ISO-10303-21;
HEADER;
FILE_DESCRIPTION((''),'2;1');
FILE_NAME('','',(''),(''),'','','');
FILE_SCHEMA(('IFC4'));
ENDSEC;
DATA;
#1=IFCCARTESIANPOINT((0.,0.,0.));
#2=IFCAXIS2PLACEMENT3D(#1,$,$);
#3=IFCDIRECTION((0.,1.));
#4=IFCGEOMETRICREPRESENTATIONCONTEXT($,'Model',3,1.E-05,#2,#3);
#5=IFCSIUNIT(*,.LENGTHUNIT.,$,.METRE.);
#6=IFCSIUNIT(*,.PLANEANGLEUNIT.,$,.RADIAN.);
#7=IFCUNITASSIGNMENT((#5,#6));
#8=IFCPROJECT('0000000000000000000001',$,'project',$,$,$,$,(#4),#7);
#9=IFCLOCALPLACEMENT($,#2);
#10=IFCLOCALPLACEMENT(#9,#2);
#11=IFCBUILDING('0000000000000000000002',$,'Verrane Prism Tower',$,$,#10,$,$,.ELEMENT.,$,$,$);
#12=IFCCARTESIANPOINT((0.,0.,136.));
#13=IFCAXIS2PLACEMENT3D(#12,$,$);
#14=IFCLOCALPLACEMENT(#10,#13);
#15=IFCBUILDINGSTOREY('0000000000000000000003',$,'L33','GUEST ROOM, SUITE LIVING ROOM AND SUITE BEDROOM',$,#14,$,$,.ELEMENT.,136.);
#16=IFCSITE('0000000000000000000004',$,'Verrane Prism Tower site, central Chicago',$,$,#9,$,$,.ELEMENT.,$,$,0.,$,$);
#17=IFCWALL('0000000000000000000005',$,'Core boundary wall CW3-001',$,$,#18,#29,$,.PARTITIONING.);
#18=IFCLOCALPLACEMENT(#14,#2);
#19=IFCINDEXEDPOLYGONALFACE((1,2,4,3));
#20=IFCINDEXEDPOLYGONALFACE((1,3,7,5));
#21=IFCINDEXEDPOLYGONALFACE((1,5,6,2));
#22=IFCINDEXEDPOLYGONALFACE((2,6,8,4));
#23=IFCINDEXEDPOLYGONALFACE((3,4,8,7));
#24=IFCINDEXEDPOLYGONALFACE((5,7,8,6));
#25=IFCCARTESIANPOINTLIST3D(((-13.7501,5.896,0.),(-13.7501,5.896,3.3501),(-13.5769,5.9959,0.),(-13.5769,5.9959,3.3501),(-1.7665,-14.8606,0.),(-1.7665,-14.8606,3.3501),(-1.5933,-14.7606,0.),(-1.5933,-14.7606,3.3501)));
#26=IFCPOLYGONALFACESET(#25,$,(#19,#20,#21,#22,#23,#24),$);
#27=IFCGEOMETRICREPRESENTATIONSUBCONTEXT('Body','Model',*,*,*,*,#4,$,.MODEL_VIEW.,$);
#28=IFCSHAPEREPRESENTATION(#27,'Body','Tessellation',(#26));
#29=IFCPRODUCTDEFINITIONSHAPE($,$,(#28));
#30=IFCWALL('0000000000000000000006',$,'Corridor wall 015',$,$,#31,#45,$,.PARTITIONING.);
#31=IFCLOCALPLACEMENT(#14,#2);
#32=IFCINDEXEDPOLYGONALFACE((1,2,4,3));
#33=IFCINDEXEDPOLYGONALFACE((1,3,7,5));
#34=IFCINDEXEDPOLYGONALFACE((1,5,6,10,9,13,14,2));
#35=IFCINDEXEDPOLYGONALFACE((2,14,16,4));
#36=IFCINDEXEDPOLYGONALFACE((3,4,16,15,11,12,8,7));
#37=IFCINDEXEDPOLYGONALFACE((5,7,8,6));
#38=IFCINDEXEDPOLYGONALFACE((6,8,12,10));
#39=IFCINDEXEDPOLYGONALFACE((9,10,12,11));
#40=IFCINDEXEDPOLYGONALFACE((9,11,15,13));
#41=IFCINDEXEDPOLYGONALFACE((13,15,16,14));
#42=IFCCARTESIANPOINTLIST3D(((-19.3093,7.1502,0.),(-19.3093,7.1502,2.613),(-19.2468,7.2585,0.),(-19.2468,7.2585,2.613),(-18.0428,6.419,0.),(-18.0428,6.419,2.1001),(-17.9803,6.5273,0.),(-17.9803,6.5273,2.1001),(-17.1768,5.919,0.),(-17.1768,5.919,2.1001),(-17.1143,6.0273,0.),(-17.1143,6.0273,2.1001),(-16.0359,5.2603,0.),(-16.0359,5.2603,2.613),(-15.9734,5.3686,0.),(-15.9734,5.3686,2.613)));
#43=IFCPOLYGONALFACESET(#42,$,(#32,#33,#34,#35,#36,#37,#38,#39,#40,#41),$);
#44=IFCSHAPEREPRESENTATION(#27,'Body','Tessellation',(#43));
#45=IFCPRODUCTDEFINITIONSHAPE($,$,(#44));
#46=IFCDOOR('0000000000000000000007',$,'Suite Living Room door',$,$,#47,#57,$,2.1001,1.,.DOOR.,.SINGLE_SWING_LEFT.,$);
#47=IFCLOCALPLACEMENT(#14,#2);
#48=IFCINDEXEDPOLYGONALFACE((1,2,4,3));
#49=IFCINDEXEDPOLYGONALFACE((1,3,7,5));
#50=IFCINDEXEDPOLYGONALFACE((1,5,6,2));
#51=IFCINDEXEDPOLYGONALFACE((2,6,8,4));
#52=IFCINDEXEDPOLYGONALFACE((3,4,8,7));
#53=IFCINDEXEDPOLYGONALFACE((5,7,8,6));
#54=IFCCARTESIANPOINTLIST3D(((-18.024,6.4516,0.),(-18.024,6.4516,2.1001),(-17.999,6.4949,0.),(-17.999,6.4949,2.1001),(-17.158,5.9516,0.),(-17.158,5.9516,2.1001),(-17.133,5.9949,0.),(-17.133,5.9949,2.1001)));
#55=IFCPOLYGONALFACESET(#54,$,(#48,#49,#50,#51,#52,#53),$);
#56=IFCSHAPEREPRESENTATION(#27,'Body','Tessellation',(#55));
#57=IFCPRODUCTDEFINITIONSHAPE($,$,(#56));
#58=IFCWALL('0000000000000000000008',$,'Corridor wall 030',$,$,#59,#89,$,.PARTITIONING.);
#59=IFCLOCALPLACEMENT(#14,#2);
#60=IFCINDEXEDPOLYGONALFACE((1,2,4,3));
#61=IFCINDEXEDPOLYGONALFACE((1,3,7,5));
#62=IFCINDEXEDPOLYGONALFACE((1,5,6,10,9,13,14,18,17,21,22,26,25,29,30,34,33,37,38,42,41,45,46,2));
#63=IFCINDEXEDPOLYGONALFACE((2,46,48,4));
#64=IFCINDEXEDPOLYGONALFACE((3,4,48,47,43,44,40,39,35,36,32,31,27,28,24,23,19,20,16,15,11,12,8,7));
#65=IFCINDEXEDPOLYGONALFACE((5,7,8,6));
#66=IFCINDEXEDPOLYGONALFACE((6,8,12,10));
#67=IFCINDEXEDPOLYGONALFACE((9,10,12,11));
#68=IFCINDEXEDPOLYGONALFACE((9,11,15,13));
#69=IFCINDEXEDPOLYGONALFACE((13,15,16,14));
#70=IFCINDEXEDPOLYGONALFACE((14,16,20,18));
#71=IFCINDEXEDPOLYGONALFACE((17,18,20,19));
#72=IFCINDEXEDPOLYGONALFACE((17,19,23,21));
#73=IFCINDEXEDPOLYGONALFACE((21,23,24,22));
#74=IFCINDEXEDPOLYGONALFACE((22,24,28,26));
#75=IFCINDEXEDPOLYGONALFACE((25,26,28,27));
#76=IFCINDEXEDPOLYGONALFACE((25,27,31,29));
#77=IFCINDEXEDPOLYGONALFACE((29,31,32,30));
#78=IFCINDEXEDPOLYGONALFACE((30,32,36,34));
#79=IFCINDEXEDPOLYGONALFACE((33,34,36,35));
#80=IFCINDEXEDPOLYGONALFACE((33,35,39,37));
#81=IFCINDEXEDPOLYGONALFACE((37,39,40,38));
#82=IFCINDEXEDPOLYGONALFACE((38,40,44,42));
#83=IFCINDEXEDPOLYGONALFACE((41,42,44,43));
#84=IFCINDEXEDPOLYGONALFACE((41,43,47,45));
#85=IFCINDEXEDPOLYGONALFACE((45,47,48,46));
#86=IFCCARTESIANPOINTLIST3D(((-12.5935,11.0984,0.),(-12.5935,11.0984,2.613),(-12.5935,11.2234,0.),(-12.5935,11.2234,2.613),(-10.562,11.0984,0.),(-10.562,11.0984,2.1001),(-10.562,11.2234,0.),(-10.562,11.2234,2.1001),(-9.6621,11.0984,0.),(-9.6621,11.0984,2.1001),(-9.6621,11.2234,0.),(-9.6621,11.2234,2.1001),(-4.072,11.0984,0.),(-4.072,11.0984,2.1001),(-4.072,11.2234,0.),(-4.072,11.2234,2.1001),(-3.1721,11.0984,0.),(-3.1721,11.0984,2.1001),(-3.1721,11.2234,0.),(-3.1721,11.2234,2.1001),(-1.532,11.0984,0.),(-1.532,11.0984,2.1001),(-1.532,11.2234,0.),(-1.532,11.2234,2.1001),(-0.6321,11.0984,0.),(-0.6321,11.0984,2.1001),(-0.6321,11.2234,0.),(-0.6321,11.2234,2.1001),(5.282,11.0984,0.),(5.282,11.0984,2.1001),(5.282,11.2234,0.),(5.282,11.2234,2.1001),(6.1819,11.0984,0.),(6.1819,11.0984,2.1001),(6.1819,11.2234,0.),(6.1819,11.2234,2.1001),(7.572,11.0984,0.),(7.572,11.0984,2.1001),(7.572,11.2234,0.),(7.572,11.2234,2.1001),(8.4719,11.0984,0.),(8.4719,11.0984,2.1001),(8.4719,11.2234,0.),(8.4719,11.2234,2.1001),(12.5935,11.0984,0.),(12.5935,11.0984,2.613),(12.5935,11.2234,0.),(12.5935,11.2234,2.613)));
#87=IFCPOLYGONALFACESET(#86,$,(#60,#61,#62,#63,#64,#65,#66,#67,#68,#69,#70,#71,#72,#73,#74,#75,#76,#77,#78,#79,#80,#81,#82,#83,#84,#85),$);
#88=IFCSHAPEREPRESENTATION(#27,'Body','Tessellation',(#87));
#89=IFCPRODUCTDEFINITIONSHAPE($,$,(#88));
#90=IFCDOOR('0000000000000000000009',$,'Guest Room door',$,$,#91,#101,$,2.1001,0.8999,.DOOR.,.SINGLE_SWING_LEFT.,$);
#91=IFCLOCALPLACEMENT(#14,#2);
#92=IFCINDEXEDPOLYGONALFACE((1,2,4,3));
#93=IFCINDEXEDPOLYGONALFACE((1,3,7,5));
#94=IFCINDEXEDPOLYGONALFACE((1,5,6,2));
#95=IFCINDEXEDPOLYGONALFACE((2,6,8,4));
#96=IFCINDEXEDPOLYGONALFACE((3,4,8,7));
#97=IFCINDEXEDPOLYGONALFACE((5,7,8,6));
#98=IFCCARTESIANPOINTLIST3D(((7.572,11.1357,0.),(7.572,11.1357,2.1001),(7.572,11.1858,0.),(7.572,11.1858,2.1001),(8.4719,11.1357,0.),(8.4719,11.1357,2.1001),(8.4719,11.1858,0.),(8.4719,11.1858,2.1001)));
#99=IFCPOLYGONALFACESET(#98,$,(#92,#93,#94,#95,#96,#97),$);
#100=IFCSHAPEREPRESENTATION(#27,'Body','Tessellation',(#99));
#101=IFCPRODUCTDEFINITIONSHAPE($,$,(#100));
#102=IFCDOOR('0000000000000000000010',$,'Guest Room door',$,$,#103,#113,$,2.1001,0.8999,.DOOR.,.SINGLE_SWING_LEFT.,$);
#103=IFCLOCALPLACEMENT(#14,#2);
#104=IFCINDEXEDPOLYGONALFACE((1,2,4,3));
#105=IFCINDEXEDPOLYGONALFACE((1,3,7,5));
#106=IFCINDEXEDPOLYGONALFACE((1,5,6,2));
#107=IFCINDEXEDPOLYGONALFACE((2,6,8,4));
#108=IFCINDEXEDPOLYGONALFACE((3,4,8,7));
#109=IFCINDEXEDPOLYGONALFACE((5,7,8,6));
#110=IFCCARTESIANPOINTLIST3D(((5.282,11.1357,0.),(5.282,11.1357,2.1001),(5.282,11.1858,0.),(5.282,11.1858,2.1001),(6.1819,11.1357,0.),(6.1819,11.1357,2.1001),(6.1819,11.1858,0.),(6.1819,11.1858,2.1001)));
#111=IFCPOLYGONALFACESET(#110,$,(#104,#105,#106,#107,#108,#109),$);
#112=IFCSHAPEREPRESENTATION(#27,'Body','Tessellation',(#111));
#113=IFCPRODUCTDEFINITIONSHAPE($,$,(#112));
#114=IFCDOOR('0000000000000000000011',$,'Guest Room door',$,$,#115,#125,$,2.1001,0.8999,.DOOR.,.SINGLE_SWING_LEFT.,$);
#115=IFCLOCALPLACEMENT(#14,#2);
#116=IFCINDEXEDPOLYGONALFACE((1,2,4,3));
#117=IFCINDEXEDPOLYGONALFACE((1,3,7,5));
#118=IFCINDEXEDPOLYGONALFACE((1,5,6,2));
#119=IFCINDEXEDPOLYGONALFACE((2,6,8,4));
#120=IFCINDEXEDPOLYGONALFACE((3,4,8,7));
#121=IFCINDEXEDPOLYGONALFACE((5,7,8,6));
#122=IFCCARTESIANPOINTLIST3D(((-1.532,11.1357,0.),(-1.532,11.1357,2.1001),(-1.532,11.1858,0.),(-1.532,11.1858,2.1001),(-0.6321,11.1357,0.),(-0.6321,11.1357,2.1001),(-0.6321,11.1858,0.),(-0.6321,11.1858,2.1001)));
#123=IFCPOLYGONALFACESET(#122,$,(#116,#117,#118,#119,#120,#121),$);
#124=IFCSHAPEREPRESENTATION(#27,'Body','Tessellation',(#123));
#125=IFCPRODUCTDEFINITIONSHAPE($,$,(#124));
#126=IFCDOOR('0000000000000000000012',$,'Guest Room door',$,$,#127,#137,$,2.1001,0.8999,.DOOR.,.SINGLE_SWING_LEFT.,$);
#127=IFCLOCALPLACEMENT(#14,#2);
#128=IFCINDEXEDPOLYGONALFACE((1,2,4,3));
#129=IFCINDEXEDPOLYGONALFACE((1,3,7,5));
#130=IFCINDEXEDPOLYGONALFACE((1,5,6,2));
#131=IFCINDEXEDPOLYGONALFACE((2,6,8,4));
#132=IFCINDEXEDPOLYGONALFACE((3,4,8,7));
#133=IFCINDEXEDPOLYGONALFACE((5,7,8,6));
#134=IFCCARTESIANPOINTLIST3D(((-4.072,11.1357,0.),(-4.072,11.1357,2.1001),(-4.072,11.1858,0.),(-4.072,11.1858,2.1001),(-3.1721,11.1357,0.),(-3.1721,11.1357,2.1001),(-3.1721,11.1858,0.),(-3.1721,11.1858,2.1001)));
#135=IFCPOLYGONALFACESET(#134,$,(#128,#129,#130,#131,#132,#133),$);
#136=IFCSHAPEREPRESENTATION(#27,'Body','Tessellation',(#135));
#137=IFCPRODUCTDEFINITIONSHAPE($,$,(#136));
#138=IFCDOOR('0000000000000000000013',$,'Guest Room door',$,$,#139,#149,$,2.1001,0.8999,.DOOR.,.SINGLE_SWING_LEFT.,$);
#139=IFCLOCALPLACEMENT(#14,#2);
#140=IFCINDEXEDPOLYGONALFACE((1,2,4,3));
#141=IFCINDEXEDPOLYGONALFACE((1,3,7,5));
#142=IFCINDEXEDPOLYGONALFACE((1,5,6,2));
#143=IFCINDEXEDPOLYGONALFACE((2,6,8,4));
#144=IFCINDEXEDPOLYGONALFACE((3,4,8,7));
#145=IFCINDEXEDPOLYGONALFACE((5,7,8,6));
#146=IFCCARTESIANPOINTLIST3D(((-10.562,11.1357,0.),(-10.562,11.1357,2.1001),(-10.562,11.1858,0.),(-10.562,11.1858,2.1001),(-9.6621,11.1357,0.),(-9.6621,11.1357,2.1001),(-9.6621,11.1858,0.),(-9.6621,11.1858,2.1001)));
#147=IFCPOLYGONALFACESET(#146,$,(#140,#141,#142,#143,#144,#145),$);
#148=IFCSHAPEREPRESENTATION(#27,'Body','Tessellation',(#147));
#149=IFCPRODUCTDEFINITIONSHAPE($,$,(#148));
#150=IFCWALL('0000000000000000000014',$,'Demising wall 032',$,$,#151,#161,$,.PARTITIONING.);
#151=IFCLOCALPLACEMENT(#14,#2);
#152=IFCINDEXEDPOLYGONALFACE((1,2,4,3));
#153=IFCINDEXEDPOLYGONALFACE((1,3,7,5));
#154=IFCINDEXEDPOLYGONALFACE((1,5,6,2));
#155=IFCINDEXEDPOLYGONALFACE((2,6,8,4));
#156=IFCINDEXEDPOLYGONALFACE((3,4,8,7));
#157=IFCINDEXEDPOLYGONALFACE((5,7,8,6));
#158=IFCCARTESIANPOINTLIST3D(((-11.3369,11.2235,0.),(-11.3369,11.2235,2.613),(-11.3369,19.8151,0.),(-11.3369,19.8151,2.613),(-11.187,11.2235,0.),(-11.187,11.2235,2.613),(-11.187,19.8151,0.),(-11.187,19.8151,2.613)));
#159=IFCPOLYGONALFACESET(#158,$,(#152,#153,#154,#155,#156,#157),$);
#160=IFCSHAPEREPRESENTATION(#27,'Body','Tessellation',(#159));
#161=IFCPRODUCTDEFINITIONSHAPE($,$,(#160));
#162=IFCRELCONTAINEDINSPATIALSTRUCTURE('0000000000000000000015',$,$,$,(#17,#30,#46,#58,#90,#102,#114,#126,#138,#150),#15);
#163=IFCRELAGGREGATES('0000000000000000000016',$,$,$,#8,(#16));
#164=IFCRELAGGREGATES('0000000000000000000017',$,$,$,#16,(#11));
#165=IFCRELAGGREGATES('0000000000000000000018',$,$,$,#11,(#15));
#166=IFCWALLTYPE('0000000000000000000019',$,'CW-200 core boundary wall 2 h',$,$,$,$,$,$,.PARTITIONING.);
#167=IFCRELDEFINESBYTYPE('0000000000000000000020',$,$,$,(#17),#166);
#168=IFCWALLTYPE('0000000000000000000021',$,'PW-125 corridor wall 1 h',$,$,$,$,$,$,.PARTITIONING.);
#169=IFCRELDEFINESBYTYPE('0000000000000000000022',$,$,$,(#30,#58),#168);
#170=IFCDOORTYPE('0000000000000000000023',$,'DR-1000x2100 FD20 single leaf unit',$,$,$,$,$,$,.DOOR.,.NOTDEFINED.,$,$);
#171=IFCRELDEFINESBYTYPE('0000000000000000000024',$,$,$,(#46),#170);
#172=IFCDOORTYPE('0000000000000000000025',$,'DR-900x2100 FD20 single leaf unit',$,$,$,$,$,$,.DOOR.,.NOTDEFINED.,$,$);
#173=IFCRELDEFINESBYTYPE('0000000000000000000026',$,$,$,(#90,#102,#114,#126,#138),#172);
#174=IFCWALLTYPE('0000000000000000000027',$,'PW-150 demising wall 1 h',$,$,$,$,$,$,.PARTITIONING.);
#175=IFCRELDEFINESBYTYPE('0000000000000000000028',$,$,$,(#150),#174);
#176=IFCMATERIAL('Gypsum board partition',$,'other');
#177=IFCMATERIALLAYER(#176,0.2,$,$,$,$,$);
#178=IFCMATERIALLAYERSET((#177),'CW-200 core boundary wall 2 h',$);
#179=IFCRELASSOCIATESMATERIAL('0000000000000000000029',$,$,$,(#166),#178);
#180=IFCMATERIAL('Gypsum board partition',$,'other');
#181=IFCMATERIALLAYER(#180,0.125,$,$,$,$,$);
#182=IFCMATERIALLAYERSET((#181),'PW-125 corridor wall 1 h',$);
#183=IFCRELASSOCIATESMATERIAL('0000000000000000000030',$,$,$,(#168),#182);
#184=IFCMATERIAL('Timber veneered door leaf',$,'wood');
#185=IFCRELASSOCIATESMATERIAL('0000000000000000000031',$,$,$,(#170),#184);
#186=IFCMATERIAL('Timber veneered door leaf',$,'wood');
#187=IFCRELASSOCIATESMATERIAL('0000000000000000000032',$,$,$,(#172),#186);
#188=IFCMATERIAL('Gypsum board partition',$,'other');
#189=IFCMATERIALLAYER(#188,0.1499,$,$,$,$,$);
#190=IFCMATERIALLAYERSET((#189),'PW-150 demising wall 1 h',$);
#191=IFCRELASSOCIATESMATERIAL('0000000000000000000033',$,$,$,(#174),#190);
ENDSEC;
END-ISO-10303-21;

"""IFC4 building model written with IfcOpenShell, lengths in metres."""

from ifc_helpers import new_model, si_unit, direction, frame, frame_2d, origin, place, context, subcontext, project, spatial, rectangle, extrude, material, layer, layer_set, type_object, element, fill, save


model = new_model("IFC4")

# Units and contexts
model_context = context("Model", 3, precision=1e-05, world=origin(), true_north=direction((0.0, 1.0)))
body_context = subcontext(model_context, "Body", "Model", "MODEL_VIEW")
ifc_project = project(units=[si_unit("LENGTHUNIT", "METRE"), si_unit("PLANEANGLEUNIT", "RADIAN")], contexts=[model_context])

# Site, building, storey
site_placement = place(None, origin())
site = spatial("IfcSite", under=ifc_project, at=site_placement, Name="Verrane Prism Tower site, central Chicago", CompositionType="ELEMENT", RefElevation=0.0)
building_placement = place(site_placement, origin())
building = spatial("IfcBuilding", under=site, at=building_placement, Name="Verrane Prism Tower", CompositionType="ELEMENT")
storey_placement = place(building_placement, frame((0.0, 0.0, 136.0)))
storey = spatial("IfcBuildingStorey", under=building, at=storey_placement, Name="L33", Description="GUEST ROOM, SUITE LIVING ROOM AND SUITE BEDROOM", CompositionType="ELEMENT", Elevation=136.0)

# Wall
ifc_material_1 = material(Name="Gypsum board partition", Category="other")
ifc_layer_1 = layer(ifc_material_1, 0.2)
ifc_layer_set_1 = layer_set([ifc_layer_1], Name="CW-200 core boundary wall 2 h")
wall_type_1 = type_object("IfcWallType", Name="CW-200 core boundary wall 2 h", PredefinedType="PARTITIONING", material=ifc_layer_set_1)
wall_1_placement = place(storey_placement, frame((-13.6636, 5.946, 0.0), z_axis=(0.0, 0.0, 1.0), x_axis=(0.499994, -0.866029, 0.0)))
element("IfcWall", 1, at=wall_1_placement, inside=storey, type_object=wall_type_1, Name="Core boundary wall CW3-001", PredefinedType="PARTITIONING", context=body_context, shape_type="SweptSolid", body=[
    extrude(rectangle(XDim=23.9675, YDim=0.2, at=frame_2d((11.9839, 0.0))), origin(), (0.0, 0.0, 1.0), 3.3501),
])

# Wall, opening, door
ifc_material_2 = material(Name="Gypsum board partition", Category="other")
ifc_layer_2 = layer(ifc_material_2, 0.125)
ifc_layer_set_2 = layer_set([ifc_layer_2], Name="PW-125 corridor wall 1 h")
wall_type_2 = type_object("IfcWallType", Name="PW-125 corridor wall 1 h", PredefinedType="PARTITIONING", material=ifc_layer_set_2)
wall_2_placement = place(storey_placement, frame((-16.0046, 5.3145, 0.0), z_axis=(0.0, 0.0, 1.0), x_axis=(-0.866029, 0.499995, 0.0)))
wall_2 = element("IfcWall", 2, at=wall_2_placement, inside=storey, type_object=wall_type_2, Name="Corridor wall 015", PredefinedType="PARTITIONING", context=body_context, shape_type="SweptSolid", body=[
    extrude(rectangle(XDim=3.7798, YDim=0.125, at=frame_2d((1.8899, 0.0))), origin(), (0.0, 0.0, 1.0), 2.613),
])
opening_1_placement = place(wall_2_placement, frame((1.3174, 0.0, 0.0)))
opening_1 = element("IfcOpeningElement", 3, at=opening_1_placement, cuts=wall_2, PredefinedType="OPENING", context=body_context, shape_type="SweptSolid", body=[
    extrude(rectangle(XDim=1.0, YDim=2.1001, at=frame_2d((0.5, 1.05))), frame((0.0, 0.0725, 0.0), z_axis=(0.0, -1.0, 0.0), x_axis=(1.0, 0.0, 0.0)), (0.0, 0.0, 1.0), 0.145),
])
ifc_material_3 = material(Name="Timber veneered door leaf", Category="wood")
door_type_1 = type_object("IfcDoorType", Name="DR-1000x2100 FD20 single leaf unit", OperationType="NOTDEFINED", PredefinedType="DOOR", material=ifc_material_3)
door_1_placement = place(opening_1_placement, origin())
door_1 = element("IfcDoor", 4, at=door_1_placement, inside=storey, type_object=door_type_1, Name="Suite Living Room door", OperationType="SINGLE_SWING_LEFT", OverallHeight=2.1001, OverallWidth=1.0, PredefinedType="DOOR", context=body_context, shape_type="SweptSolid", body=[
    extrude(rectangle(XDim=1.0, YDim=2.1001, at=frame_2d((0.5, 1.05))), frame((0.0, 0.0249, 0.0), z_axis=(0.0, -1.0, 0.0), x_axis=(1.0, 0.0, 0.0)), (0.0, 0.0, 1.0), 0.05),
])
fill(opening_1, door_1)

# Wall, openings, doors
wall_3_placement = place(storey_placement, frame((-12.5935, 11.1609, 0.0), z_axis=(0.0, 0.0, 1.0), x_axis=(1.0, 0.0, 0.0)))
wall_3 = element("IfcWall", 5, at=wall_3_placement, inside=storey, type_object=wall_type_2, Name="Corridor wall 030", PredefinedType="PARTITIONING", context=body_context, shape_type="SweptSolid", body=[
    extrude(rectangle(XDim=25.187, YDim=0.125, at=frame_2d((12.5935, 0.0))), origin(), (0.0, 0.0, 1.0), 2.613),
])
opening_2_placement = place(wall_3_placement, frame((20.1655, 0.0, 0.0)))
opening_2 = element("IfcOpeningElement", 6, at=opening_2_placement, cuts=wall_3, PredefinedType="OPENING", context=body_context, shape_type="SweptSolid", body=[
    extrude(rectangle(XDim=0.8999, YDim=2.1001, at=frame_2d((0.45, 1.05))), frame((0.0, 0.0725, 0.0), z_axis=(0.0, -1.0, 0.0), x_axis=(1.0, 0.0, 0.0)), (0.0, 0.0, 1.0), 0.145),
])
opening_3_placement = place(wall_3_placement, frame((17.8755, 0.0, 0.0)))
opening_3 = element("IfcOpeningElement", 7, at=opening_3_placement, cuts=wall_3, PredefinedType="OPENING", context=body_context, shape_type="SweptSolid", body=[
    extrude(rectangle(XDim=0.8999, YDim=2.1001, at=frame_2d((0.45, 1.05))), frame((0.0, 0.0725, 0.0), z_axis=(0.0, -1.0, 0.0), x_axis=(1.0, 0.0, 0.0)), (0.0, 0.0, 1.0), 0.145),
])
opening_4_placement = place(wall_3_placement, frame((11.0615, 0.0, 0.0)))
opening_4 = element("IfcOpeningElement", 8, at=opening_4_placement, cuts=wall_3, PredefinedType="OPENING", context=body_context, shape_type="SweptSolid", body=[
    extrude(rectangle(XDim=0.8999, YDim=2.1001, at=frame_2d((0.45, 1.05))), frame((0.0, 0.0725, 0.0), z_axis=(0.0, -1.0, 0.0), x_axis=(1.0, 0.0, 0.0)), (0.0, 0.0, 1.0), 0.145),
])
opening_5_placement = place(wall_3_placement, frame((8.5215, 0.0, 0.0)))
opening_5 = element("IfcOpeningElement", 9, at=opening_5_placement, cuts=wall_3, PredefinedType="OPENING", context=body_context, shape_type="SweptSolid", body=[
    extrude(rectangle(XDim=0.8999, YDim=2.1001, at=frame_2d((0.45, 1.05))), frame((0.0, 0.0725, 0.0), z_axis=(0.0, -1.0, 0.0), x_axis=(1.0, 0.0, 0.0)), (0.0, 0.0, 1.0), 0.145),
])
opening_6_placement = place(wall_3_placement, frame((2.0315, 0.0, 0.0)))
opening_6 = element("IfcOpeningElement", 10, at=opening_6_placement, cuts=wall_3, PredefinedType="OPENING", context=body_context, shape_type="SweptSolid", body=[
    extrude(rectangle(XDim=0.8999, YDim=2.1001, at=frame_2d((0.45, 1.05))), frame((0.0, 0.0725, 0.0), z_axis=(0.0, -1.0, 0.0), x_axis=(1.0, 0.0, 0.0)), (0.0, 0.0, 1.0), 0.145),
])
ifc_material_4 = material(Name="Timber veneered door leaf", Category="wood")
door_type_2 = type_object("IfcDoorType", Name="DR-900x2100 FD20 single leaf unit", OperationType="NOTDEFINED", PredefinedType="DOOR", material=ifc_material_4)
door_2_placement = place(opening_2_placement, origin())
door_2 = element("IfcDoor", 11, at=door_2_placement, inside=storey, type_object=door_type_2, Name="Guest Room door", OperationType="SINGLE_SWING_LEFT", OverallHeight=2.1001, OverallWidth=0.8999, PredefinedType="DOOR", context=body_context, shape_type="SweptSolid", body=[
    extrude(rectangle(XDim=0.8999, YDim=2.1001, at=frame_2d((0.45, 1.05))), frame((0.0, 0.0249, 0.0), z_axis=(0.0, -1.0, 0.0), x_axis=(1.0, 0.0, 0.0)), (0.0, 0.0, 1.0), 0.05),
])
fill(opening_2, door_2)
door_3_placement = place(opening_3_placement, origin())
door_3 = element("IfcDoor", 12, at=door_3_placement, inside=storey, type_object=door_type_2, Name="Guest Room door", OperationType="SINGLE_SWING_LEFT", OverallHeight=2.1001, OverallWidth=0.8999, PredefinedType="DOOR", context=body_context, shape_type="SweptSolid", body=[
    extrude(rectangle(XDim=0.8999, YDim=2.1001, at=frame_2d((0.45, 1.05))), frame((0.0, 0.0249, 0.0), z_axis=(0.0, -1.0, 0.0), x_axis=(1.0, 0.0, 0.0)), (0.0, 0.0, 1.0), 0.05),
])
fill(opening_3, door_3)
door_4_placement = place(opening_4_placement, origin())
door_4 = element("IfcDoor", 13, at=door_4_placement, inside=storey, type_object=door_type_2, Name="Guest Room door", OperationType="SINGLE_SWING_LEFT", OverallHeight=2.1001, OverallWidth=0.8999, PredefinedType="DOOR", context=body_context, shape_type="SweptSolid", body=[
    extrude(rectangle(XDim=0.8999, YDim=2.1001, at=frame_2d((0.45, 1.05))), frame((0.0, 0.0249, 0.0), z_axis=(0.0, -1.0, 0.0), x_axis=(1.0, 0.0, 0.0)), (0.0, 0.0, 1.0), 0.05),
])
fill(opening_4, door_4)
door_5_placement = place(opening_5_placement, origin())
door_5 = element("IfcDoor", 14, at=door_5_placement, inside=storey, type_object=door_type_2, Name="Guest Room door", OperationType="SINGLE_SWING_LEFT", OverallHeight=2.1001, OverallWidth=0.8999, PredefinedType="DOOR", context=body_context, shape_type="SweptSolid", body=[
    extrude(rectangle(XDim=0.8999, YDim=2.1001, at=frame_2d((0.45, 1.05))), frame((0.0, 0.0249, 0.0), z_axis=(0.0, -1.0, 0.0), x_axis=(1.0, 0.0, 0.0)), (0.0, 0.0, 1.0), 0.05),
])
fill(opening_5, door_5)
door_6_placement = place(opening_6_placement, origin())
door_6 = element("IfcDoor", 15, at=door_6_placement, inside=storey, type_object=door_type_2, Name="Guest Room door", OperationType="SINGLE_SWING_LEFT", OverallHeight=2.1001, OverallWidth=0.8999, PredefinedType="DOOR", context=body_context, shape_type="SweptSolid", body=[
    extrude(rectangle(XDim=0.8999, YDim=2.1001, at=frame_2d((0.45, 1.05))), frame((0.0, 0.0249, 0.0), z_axis=(0.0, -1.0, 0.0), x_axis=(1.0, 0.0, 0.0)), (0.0, 0.0, 1.0), 0.05),
])
fill(opening_6, door_6)

# Wall
ifc_material_5 = material(Name="Gypsum board partition", Category="other")
ifc_layer_3 = layer(ifc_material_5, 0.1499)
ifc_layer_set_3 = layer_set([ifc_layer_3], Name="PW-150 demising wall 1 h")
wall_type_3 = type_object("IfcWallType", Name="PW-150 demising wall 1 h", PredefinedType="PARTITIONING", material=ifc_layer_set_3)
wall_4_placement = place(storey_placement, frame((-11.262, 11.2234, 0.0), z_axis=(0.0, 0.0, 1.0), x_axis=(0.0, 1.0, 0.0)))
element("IfcWall", 16, at=wall_4_placement, inside=storey, type_object=wall_type_3, Name="Demising wall 032", PredefinedType="PARTITIONING", context=body_context, shape_type="SweptSolid", body=[
    extrude(rectangle(XDim=8.5916, YDim=0.1499, at=frame_2d((4.2959, 0.0))), origin(), (0.0, 0.0, 1.0), 2.613),
])

save(model, "model.ifc")
